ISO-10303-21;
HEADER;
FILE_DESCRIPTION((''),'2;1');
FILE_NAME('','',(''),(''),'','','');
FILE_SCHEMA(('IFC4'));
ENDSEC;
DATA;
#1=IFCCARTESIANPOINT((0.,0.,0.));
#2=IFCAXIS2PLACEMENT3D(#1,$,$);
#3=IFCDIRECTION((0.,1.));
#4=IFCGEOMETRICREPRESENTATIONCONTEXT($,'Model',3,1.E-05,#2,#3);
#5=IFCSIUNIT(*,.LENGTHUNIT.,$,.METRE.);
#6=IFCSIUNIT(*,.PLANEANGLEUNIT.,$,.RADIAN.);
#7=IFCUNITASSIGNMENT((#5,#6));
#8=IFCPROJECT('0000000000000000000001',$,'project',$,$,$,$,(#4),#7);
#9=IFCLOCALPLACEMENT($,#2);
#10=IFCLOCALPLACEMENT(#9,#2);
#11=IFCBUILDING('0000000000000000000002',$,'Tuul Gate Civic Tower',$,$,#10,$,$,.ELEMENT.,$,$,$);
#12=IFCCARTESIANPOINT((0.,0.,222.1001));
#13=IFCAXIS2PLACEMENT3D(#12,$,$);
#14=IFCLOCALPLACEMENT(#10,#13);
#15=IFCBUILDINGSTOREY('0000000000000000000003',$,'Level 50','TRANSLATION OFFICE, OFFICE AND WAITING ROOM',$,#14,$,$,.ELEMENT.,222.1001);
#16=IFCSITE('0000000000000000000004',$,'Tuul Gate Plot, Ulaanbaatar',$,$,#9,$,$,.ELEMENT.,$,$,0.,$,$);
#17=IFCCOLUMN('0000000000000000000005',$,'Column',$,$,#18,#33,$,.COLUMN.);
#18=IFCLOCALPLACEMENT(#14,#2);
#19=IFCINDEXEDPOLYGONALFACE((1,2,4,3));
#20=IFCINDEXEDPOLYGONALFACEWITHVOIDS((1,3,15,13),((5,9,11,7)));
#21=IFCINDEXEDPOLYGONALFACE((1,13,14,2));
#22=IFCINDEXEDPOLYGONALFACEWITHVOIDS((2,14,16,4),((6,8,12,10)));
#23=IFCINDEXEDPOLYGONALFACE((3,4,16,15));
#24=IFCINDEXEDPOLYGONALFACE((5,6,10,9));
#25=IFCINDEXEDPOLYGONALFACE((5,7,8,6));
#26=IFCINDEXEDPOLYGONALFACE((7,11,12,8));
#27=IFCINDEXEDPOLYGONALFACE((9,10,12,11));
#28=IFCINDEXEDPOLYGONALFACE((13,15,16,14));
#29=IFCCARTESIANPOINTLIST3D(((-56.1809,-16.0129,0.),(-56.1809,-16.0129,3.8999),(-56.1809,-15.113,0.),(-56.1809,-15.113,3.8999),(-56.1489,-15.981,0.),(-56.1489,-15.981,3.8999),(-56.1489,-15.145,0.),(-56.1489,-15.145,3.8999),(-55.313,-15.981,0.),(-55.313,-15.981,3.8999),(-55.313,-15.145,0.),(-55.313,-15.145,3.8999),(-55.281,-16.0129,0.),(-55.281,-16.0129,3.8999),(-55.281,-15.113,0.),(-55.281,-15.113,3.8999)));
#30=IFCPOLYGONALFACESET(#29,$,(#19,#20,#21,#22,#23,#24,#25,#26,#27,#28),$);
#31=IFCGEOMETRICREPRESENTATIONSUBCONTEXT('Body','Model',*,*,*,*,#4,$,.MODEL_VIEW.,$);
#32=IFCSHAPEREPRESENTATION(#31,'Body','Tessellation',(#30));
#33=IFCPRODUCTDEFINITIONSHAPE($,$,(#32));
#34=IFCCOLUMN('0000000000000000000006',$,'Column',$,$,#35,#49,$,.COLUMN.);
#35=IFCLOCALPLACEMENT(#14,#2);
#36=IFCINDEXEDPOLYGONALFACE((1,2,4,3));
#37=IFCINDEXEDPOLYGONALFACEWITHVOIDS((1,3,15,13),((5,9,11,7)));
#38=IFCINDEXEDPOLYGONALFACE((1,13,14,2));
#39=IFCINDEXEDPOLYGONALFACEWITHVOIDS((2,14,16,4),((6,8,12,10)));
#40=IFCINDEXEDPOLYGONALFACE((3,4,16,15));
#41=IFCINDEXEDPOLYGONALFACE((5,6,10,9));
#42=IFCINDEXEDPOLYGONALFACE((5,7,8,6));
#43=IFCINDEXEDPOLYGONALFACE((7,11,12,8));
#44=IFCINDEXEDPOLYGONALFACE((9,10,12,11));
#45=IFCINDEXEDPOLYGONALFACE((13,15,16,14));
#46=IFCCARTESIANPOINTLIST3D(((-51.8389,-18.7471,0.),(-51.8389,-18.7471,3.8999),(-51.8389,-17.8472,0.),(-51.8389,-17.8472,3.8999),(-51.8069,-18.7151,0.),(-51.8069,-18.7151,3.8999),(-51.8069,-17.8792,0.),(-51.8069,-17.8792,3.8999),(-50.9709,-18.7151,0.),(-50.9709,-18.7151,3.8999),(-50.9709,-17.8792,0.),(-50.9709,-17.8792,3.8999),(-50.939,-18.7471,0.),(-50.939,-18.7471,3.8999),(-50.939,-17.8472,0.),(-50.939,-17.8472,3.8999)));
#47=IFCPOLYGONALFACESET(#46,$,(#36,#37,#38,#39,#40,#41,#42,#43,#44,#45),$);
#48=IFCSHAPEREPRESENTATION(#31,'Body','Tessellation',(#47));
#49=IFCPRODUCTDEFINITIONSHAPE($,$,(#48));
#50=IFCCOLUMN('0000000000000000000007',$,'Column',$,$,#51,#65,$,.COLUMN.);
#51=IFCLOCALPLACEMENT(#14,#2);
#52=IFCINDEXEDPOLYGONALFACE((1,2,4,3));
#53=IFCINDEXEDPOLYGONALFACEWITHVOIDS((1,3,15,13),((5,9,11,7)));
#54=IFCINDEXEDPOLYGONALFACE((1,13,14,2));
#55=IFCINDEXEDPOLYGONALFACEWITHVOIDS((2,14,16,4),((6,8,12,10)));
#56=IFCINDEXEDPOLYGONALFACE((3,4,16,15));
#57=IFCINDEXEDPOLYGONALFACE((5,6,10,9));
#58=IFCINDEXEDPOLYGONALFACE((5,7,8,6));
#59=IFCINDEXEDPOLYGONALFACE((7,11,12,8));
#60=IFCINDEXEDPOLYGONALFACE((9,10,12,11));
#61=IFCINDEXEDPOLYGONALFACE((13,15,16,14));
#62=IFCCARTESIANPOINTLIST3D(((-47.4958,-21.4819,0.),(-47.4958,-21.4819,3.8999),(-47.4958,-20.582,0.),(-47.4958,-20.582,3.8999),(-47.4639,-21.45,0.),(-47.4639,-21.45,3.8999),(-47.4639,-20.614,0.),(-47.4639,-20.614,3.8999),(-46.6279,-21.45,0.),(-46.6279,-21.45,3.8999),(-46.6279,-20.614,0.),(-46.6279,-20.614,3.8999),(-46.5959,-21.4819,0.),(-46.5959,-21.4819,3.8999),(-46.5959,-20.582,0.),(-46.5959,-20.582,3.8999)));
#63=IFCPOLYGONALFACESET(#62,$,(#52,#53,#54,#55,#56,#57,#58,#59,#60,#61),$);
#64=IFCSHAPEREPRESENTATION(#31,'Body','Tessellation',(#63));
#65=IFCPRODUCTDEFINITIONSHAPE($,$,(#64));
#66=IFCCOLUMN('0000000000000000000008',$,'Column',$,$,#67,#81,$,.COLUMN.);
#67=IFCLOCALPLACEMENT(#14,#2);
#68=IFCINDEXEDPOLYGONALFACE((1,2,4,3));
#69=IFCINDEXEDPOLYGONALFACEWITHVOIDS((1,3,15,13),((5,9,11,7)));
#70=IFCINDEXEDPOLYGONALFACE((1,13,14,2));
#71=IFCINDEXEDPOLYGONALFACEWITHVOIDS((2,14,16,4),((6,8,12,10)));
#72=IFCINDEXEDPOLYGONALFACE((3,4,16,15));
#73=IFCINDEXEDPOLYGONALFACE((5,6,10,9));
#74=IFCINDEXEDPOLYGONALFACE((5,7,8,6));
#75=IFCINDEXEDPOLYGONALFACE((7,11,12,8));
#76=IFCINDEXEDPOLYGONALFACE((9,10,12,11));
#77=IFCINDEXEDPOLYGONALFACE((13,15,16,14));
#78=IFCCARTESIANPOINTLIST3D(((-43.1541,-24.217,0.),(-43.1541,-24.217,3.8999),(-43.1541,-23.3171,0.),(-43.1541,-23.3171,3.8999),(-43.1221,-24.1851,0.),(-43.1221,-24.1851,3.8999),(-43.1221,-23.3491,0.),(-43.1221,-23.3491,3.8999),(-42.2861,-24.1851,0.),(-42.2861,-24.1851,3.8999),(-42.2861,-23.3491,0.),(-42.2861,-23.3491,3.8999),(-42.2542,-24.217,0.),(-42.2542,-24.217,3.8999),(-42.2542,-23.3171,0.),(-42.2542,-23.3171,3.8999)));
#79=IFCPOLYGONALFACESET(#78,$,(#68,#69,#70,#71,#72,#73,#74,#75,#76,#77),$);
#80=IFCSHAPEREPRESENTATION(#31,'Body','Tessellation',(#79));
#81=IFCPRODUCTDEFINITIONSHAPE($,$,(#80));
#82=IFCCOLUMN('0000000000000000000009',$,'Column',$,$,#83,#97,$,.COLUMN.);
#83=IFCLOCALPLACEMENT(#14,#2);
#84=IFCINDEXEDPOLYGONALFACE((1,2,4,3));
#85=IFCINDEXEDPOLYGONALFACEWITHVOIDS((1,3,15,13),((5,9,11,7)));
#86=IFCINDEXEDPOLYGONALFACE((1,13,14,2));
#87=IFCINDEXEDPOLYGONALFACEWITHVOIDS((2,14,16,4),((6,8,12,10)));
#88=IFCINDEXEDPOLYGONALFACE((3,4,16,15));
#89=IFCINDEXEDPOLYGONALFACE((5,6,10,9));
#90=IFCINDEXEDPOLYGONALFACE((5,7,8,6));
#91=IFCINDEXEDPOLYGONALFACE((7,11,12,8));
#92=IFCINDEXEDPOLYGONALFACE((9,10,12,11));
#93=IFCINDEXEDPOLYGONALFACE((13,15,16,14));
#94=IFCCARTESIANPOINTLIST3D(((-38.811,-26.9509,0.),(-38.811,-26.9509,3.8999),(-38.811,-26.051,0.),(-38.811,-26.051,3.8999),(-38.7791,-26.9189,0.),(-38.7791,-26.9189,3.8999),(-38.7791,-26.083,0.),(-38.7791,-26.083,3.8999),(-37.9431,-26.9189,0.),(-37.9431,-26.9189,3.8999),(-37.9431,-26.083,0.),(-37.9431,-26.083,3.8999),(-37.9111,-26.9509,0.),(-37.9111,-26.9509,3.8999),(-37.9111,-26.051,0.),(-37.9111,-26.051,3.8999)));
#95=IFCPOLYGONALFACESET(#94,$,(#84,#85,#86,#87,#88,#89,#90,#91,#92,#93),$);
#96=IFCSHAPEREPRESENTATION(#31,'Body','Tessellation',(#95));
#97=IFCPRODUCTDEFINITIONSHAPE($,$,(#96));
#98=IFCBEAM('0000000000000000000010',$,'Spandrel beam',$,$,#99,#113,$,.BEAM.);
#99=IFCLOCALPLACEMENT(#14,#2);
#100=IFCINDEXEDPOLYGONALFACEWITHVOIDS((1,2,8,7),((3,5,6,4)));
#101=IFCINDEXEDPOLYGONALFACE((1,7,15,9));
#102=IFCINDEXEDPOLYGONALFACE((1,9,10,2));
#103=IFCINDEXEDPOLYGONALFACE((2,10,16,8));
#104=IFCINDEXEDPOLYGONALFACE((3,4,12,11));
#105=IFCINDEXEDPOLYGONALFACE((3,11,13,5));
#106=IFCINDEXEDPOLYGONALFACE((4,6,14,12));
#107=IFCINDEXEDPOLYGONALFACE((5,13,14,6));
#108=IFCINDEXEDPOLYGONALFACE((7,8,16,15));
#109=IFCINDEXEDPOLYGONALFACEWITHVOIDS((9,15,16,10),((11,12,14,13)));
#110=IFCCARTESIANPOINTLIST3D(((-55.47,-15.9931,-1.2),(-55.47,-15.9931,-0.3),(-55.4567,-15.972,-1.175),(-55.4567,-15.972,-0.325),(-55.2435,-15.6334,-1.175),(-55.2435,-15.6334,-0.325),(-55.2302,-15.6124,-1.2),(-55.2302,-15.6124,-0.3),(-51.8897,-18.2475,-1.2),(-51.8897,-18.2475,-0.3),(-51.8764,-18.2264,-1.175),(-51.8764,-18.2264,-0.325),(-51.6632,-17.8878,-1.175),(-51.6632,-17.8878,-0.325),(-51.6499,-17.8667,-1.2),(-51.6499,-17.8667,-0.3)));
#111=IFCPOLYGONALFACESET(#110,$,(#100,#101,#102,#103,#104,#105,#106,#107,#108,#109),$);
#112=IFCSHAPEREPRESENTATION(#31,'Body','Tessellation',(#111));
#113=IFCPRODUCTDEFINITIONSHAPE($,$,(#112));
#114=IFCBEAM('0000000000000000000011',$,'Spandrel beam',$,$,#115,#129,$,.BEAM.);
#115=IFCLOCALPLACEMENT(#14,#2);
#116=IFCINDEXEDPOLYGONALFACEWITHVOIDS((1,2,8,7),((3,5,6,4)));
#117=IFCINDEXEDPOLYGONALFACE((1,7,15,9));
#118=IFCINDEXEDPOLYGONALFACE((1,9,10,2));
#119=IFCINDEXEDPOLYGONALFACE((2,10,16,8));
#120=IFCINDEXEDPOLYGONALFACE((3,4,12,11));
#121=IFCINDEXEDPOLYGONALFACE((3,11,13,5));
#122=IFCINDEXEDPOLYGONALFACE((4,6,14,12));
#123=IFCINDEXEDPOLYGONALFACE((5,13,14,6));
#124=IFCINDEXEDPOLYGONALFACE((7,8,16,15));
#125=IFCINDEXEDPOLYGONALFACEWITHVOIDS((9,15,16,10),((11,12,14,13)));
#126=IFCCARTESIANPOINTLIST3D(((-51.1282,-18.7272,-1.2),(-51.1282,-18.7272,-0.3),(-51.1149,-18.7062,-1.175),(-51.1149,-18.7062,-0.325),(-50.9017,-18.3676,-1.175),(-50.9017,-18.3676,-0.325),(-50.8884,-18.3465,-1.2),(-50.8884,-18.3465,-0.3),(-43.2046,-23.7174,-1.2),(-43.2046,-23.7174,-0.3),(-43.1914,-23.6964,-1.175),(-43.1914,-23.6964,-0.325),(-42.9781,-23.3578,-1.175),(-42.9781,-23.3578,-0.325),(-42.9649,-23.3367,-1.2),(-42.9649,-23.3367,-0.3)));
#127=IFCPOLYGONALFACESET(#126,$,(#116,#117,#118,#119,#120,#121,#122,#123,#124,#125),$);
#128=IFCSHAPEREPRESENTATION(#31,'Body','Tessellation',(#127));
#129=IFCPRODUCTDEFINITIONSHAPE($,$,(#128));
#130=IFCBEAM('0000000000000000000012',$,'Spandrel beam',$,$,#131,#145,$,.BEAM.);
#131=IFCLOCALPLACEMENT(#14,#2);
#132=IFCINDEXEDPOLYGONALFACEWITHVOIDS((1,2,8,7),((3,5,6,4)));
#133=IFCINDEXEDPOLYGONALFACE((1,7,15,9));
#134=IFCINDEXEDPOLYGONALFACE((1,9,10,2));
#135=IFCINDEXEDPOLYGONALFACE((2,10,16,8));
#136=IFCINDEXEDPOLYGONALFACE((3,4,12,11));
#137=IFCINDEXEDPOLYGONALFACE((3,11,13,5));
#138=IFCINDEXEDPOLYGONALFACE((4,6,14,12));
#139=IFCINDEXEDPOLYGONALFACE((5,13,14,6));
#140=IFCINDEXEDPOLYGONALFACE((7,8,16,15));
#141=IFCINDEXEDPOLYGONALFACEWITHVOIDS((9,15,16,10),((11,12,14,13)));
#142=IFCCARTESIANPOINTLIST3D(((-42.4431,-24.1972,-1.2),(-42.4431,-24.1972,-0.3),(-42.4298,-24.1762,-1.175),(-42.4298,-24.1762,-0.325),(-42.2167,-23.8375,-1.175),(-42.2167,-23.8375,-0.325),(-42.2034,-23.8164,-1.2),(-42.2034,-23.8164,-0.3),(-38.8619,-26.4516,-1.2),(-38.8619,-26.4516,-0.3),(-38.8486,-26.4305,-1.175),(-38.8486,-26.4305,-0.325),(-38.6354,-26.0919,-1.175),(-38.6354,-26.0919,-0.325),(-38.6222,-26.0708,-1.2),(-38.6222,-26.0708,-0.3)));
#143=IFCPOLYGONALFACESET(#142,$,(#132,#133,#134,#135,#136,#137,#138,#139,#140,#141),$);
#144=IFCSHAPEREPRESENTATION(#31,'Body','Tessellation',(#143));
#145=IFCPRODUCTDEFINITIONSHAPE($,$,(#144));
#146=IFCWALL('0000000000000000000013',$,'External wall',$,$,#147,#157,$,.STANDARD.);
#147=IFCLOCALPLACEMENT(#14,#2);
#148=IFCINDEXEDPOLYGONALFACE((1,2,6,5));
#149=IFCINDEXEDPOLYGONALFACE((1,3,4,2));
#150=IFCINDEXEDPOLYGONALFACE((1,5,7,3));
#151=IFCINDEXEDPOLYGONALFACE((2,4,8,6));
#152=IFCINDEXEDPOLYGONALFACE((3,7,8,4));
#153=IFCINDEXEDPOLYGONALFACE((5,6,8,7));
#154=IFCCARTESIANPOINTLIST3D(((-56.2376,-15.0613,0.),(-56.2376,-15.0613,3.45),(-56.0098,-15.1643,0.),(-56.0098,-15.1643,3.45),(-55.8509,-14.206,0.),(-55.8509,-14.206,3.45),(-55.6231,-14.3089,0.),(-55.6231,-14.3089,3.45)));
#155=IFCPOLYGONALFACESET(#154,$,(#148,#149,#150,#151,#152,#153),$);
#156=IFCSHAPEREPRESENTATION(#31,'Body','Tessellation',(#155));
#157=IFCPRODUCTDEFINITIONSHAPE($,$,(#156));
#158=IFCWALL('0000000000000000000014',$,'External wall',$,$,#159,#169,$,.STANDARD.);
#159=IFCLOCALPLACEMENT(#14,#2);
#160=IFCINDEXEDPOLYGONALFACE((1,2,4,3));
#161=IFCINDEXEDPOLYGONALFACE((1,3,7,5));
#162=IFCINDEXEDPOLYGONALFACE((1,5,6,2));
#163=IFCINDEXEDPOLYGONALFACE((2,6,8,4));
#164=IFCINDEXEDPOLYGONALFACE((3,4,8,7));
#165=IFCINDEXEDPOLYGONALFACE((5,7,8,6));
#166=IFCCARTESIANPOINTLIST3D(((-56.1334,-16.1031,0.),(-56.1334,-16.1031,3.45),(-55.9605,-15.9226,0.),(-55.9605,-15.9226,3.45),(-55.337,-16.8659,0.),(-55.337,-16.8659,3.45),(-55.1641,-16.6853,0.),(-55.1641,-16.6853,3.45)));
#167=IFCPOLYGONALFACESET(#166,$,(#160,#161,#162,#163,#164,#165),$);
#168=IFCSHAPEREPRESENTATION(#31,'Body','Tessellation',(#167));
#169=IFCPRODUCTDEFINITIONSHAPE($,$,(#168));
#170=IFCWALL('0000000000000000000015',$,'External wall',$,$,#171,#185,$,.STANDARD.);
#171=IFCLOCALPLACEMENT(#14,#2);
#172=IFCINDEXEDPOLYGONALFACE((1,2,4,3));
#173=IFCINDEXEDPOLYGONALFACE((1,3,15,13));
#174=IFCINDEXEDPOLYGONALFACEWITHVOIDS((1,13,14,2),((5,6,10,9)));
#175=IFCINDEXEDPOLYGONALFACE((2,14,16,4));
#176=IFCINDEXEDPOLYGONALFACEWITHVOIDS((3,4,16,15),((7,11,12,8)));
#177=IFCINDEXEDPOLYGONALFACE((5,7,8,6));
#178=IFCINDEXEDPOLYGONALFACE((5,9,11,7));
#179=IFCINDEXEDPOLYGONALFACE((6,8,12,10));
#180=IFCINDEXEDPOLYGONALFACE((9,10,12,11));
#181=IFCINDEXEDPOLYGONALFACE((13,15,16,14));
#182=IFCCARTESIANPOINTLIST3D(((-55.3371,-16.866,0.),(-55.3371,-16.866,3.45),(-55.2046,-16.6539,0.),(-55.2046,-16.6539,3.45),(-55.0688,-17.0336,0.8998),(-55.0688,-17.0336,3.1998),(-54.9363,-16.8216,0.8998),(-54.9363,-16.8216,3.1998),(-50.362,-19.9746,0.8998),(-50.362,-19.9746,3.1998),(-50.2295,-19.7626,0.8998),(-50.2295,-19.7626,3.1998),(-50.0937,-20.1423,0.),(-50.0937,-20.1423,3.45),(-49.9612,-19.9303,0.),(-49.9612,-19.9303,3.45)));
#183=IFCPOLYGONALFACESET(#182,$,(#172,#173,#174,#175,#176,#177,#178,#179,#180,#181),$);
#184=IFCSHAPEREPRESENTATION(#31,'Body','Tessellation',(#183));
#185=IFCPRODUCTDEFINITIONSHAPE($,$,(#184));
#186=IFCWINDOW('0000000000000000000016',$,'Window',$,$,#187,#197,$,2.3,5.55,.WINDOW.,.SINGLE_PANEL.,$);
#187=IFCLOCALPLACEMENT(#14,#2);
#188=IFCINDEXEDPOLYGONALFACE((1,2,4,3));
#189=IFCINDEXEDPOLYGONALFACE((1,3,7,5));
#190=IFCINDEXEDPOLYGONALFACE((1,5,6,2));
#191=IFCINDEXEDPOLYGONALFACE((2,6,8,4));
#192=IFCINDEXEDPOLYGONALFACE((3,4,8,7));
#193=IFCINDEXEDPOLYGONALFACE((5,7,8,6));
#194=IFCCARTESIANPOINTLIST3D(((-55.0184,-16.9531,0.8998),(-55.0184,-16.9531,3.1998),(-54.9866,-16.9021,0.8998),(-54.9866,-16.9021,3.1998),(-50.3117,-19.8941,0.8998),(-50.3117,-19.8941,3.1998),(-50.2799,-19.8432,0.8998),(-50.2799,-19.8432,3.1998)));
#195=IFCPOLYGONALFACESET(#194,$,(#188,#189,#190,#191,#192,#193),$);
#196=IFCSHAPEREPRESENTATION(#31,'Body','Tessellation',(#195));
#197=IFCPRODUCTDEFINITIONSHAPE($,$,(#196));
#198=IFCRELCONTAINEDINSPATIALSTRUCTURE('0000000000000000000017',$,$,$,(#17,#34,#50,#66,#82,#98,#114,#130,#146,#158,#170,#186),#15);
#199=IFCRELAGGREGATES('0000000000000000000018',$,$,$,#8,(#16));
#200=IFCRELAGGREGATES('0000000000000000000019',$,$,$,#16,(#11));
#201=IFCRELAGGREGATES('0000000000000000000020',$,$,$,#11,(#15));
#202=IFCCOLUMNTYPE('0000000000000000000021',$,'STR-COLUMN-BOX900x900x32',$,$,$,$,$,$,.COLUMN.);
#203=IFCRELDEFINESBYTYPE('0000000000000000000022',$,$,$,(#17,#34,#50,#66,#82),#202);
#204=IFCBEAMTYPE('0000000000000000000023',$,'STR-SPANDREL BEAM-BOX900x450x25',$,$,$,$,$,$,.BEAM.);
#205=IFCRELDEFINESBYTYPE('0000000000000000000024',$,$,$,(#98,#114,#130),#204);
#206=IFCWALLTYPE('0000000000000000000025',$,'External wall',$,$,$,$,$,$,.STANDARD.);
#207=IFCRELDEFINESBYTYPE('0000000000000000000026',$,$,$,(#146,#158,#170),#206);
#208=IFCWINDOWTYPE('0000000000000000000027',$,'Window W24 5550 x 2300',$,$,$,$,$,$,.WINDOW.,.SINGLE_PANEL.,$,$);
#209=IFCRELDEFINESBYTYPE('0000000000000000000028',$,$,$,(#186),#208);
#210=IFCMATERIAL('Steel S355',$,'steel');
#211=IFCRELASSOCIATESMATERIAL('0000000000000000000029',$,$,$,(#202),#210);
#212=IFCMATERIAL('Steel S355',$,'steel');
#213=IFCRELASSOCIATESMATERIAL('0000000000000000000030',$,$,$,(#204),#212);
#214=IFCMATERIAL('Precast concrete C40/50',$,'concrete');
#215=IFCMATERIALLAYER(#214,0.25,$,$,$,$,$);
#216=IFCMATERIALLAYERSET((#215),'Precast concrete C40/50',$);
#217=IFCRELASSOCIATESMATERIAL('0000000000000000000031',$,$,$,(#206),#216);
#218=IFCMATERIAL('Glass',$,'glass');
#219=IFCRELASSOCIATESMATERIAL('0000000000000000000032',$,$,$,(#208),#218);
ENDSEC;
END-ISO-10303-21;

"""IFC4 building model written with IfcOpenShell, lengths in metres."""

from ifc_helpers import new_model, si_unit, direction, frame, frame_2d, origin, origin_2d, place, context, subcontext, project, spatial, rectangle, hollow_rectangle, extrude, material, layer, layer_set, material_profile, profile_set, type_object, element, fill, save


model = new_model("IFC4")

# Units and contexts
model_context = context("Model", 3, precision=1e-05, world=origin(), true_north=direction((0.0, 1.0)))
body_context = subcontext(model_context, "Body", "Model", "MODEL_VIEW")
ifc_project = project(units=[si_unit("LENGTHUNIT", "METRE"), si_unit("PLANEANGLEUNIT", "RADIAN")], contexts=[model_context])

# Site, building, storey
site_placement = place(None, origin())
site = spatial("IfcSite", under=ifc_project, at=site_placement, Name="Tuul Gate Plot, Ulaanbaatar", CompositionType="ELEMENT", RefElevation=0.0)
building_placement = place(site_placement, origin())
building = spatial("IfcBuilding", under=site, at=building_placement, Name="Tuul Gate Civic Tower", CompositionType="ELEMENT")
storey_placement = place(building_placement, frame((0.0, 0.0, 222.1001)))
storey = spatial("IfcBuildingStorey", under=building, at=storey_placement, Name="Level 50", Description="TRANSLATION OFFICE, OFFICE AND WAITING ROOM", CompositionType="ELEMENT", Elevation=222.1001)

# Columns
ifc_material_1 = material(Name="Steel S355", Category="steel")
ifc_material_profile_1 = material_profile(ifc_material_1, hollow_rectangle(XDim=0.8999, YDim=0.8999, WallThickness=0.032, at=origin_2d()), Name="BOX900x900x32")
ifc_profile_set_1 = profile_set([ifc_material_profile_1], Name="Steel S355")
column_type = type_object("IfcColumnType", Name="STR-COLUMN-BOX900x900x32", PredefinedType="COLUMN", material=ifc_profile_set_1)
for number, where, z_axis, x_axis, name in (
    (1, (-55.731, -15.563, 0.0), (0.0, 0.0, 1.0), (1.0, 0.0, 0.0), "Column"),
    (2, (-51.3889, -18.2971, 0.0), (0.0, 0.0, 1.0), (1.0, 0.0, 0.0), "Column"),
    (3, (-47.0459, -21.032, 0.0), (0.0, 0.0, 1.0), (1.0, 0.0, 0.0), "Column"),
    (4, (-42.7041, -23.7671, 0.0), (0.0, 0.0, 1.0), (1.0, 0.0, 0.0), "Column"),
    (5, (-38.3611, -26.501, 0.0), (0.0, 0.0, 1.0), (1.0, 0.0, 0.0), "Column"),
):
    element("IfcColumn", number, at=place(storey_placement, frame(where, z_axis=z_axis, x_axis=x_axis)), inside=storey, type_object=column_type, Name=name, PredefinedType="COLUMN", context=body_context, shape_type="SweptSolid", body=[
        extrude(hollow_rectangle(XDim=0.8999, YDim=0.8999, WallThickness=0.032, at=origin_2d()), origin(), (0.0, 0.0, 1.0), 3.8999),
    ])

# Beams
ifc_material_2 = material(Name="Steel S355", Category="steel")
ifc_material_profile_2 = material_profile(ifc_material_2, hollow_rectangle(XDim=0.45, YDim=0.8999, WallThickness=0.0249, at=origin_2d()), Name="BOX900x450x25")
ifc_profile_set_2 = profile_set([ifc_material_profile_2], Name="Steel S355")
beam_type = type_object("IfcBeamType", Name="STR-SPANDREL BEAM-BOX900x450x25", PredefinedType="BEAM", material=ifc_profile_set_2)
beam_1_placement = place(storey_placement, frame((-55.3501, -15.8027, -0.75), z_axis=(0.84622, -0.532833, 0.0), x_axis=(0.532833, 0.84622, 0.0)))
element("IfcBeam", 6, at=beam_1_placement, inside=storey, type_object=beam_type, Name="Spandrel beam", PredefinedType="BEAM", context=body_context, shape_type="SweptSolid", body=[
    extrude(hollow_rectangle(XDim=0.45, YDim=0.8999, WallThickness=0.0249, at=origin_2d()), origin(), (0.0, 0.0, 1.0), 4.231),
])
beam_2_placement = place(storey_placement, frame((-51.0083, -18.5369, -0.75), z_axis=(0.84617, -0.532914, 0.0), x_axis=(0.532914, 0.84617, 0.0)))
element("IfcBeam", 7, at=beam_2_placement, inside=storey, type_object=beam_type, Name="Spandrel beam", PredefinedType="BEAM", context=body_context, shape_type="SweptSolid", body=[
    extrude(hollow_rectangle(XDim=0.45, YDim=0.8999, WallThickness=0.0249, at=origin_2d()), origin(), (0.0, 0.0, 1.0), 9.364),
])
beam_3_placement = place(storey_placement, frame((-42.3232, -24.0068, -0.75), z_axis=(0.846286, -0.532729, 0.0), x_axis=(0.532729, 0.846286, 0.0)))
element("IfcBeam", 8, at=beam_3_placement, inside=storey, type_object=beam_type, Name="Spandrel beam", PredefinedType="BEAM", context=body_context, shape_type="SweptSolid", body=[
    extrude(hollow_rectangle(XDim=0.45, YDim=0.8999, WallThickness=0.0249, at=origin_2d()), origin(), (0.0, 0.0, 1.0), 4.2317),
])

# Walls
ifc_material_3 = material(Name="Precast concrete C40/50", Category="concrete")
ifc_layer = layer(ifc_material_3, 0.25)
ifc_layer_set = layer_set([ifc_layer], Name="Precast concrete C40/50")
wall_type = type_object("IfcWallType", Name="External wall", PredefinedType="STANDARD", material=ifc_layer_set)
wall_1_placement = place(storey_placement, frame((-55.7371, -14.2576, 0.0), z_axis=(0.0, 0.0, 1.0), x_axis=(-0.411921, -0.911219, 0.0)))
element("IfcWall", 9, at=wall_1_placement, inside=storey, type_object=wall_type, Name="External wall", PredefinedType="STANDARD", context=body_context, shape_type="SweptSolid", body=[
    extrude(rectangle(XDim=0.9387, YDim=0.25, at=frame_2d((0.4692, 0.0))), origin(), (0.0, 0.0, 1.0), 3.45),
])
wall_2_placement = place(storey_placement, frame((-56.0469, -16.0129, 0.0), z_axis=(0.0, 0.0, 1.0), x_axis=(0.722219, -0.691665, 0.0)))
element("IfcWall", 10, at=wall_2_placement, inside=storey, type_object=wall_type, Name="External wall", PredefinedType="STANDARD", context=body_context, shape_type="SweptSolid", body=[
    extrude(rectangle(XDim=1.1028, YDim=0.25, at=frame_2d((0.5513, 0.0))), origin(), (0.0, 0.0, 1.0), 3.45),
])

# Wall, opening, window
wall_3_placement = place(storey_placement, frame((-55.2708, -16.76, 0.0), z_axis=(0.0, 0.0, 1.0), x_axis=(0.848054, -0.52991, 0.0)))
wall_3 = element("IfcWall", 11, at=wall_3_placement, inside=storey, type_object=wall_type, Name="External wall", PredefinedType="STANDARD", context=body_context, shape_type="SweptSolid", body=[
    extrude(rectangle(XDim=6.1829, YDim=0.25, at=frame_2d((3.0913, 0.0))), origin(), (0.0, 0.0, 1.0), 3.45),
])
opening_1_placement = place(wall_3_placement, frame((0.3164, 0.0, 0.8999)))
opening_1 = element("IfcOpeningElement", 12, at=opening_1_placement, cuts=wall_3, PredefinedType="OPENING", context=body_context, shape_type="SweptSolid", body=[
    extrude(rectangle(XDim=5.55, YDim=2.3, at=frame_2d((2.7749, 1.1499))), frame((0.0, 0.135, 0.0), z_axis=(0.0, -1.0, 0.0), x_axis=(1.0, 0.0, 0.0)), (0.0, 0.0, 1.0), 0.27),
])
ifc_material_4 = material(Name="Glass", Category="glass")
window_type_1 = type_object("IfcWindowType", Name="Window W24 5550 x 2300", PartitioningType="SINGLE_PANEL", PredefinedType="WINDOW", material=ifc_material_4)
window_1_placement = place(opening_1_placement, origin())
window_1 = element("IfcWindow", 13, at=window_1_placement, inside=storey, type_object=window_type_1, Name="Window", OverallHeight=2.3, OverallWidth=5.55, PartitioningType="SINGLE_PANEL", PredefinedType="WINDOW", context=body_context, shape_type="SweptSolid", body=[
    extrude(rectangle(XDim=5.55, YDim=2.3, at=frame_2d((2.7749, 1.1499))), frame((0.0, 0.03, 0.0), z_axis=(0.0, -1.0, 0.0), x_axis=(1.0, 0.0, 0.0)), (0.0, 0.0, 1.0), 0.0601),
])
fill(opening_1, window_1)

save(model, "model.ifc")
